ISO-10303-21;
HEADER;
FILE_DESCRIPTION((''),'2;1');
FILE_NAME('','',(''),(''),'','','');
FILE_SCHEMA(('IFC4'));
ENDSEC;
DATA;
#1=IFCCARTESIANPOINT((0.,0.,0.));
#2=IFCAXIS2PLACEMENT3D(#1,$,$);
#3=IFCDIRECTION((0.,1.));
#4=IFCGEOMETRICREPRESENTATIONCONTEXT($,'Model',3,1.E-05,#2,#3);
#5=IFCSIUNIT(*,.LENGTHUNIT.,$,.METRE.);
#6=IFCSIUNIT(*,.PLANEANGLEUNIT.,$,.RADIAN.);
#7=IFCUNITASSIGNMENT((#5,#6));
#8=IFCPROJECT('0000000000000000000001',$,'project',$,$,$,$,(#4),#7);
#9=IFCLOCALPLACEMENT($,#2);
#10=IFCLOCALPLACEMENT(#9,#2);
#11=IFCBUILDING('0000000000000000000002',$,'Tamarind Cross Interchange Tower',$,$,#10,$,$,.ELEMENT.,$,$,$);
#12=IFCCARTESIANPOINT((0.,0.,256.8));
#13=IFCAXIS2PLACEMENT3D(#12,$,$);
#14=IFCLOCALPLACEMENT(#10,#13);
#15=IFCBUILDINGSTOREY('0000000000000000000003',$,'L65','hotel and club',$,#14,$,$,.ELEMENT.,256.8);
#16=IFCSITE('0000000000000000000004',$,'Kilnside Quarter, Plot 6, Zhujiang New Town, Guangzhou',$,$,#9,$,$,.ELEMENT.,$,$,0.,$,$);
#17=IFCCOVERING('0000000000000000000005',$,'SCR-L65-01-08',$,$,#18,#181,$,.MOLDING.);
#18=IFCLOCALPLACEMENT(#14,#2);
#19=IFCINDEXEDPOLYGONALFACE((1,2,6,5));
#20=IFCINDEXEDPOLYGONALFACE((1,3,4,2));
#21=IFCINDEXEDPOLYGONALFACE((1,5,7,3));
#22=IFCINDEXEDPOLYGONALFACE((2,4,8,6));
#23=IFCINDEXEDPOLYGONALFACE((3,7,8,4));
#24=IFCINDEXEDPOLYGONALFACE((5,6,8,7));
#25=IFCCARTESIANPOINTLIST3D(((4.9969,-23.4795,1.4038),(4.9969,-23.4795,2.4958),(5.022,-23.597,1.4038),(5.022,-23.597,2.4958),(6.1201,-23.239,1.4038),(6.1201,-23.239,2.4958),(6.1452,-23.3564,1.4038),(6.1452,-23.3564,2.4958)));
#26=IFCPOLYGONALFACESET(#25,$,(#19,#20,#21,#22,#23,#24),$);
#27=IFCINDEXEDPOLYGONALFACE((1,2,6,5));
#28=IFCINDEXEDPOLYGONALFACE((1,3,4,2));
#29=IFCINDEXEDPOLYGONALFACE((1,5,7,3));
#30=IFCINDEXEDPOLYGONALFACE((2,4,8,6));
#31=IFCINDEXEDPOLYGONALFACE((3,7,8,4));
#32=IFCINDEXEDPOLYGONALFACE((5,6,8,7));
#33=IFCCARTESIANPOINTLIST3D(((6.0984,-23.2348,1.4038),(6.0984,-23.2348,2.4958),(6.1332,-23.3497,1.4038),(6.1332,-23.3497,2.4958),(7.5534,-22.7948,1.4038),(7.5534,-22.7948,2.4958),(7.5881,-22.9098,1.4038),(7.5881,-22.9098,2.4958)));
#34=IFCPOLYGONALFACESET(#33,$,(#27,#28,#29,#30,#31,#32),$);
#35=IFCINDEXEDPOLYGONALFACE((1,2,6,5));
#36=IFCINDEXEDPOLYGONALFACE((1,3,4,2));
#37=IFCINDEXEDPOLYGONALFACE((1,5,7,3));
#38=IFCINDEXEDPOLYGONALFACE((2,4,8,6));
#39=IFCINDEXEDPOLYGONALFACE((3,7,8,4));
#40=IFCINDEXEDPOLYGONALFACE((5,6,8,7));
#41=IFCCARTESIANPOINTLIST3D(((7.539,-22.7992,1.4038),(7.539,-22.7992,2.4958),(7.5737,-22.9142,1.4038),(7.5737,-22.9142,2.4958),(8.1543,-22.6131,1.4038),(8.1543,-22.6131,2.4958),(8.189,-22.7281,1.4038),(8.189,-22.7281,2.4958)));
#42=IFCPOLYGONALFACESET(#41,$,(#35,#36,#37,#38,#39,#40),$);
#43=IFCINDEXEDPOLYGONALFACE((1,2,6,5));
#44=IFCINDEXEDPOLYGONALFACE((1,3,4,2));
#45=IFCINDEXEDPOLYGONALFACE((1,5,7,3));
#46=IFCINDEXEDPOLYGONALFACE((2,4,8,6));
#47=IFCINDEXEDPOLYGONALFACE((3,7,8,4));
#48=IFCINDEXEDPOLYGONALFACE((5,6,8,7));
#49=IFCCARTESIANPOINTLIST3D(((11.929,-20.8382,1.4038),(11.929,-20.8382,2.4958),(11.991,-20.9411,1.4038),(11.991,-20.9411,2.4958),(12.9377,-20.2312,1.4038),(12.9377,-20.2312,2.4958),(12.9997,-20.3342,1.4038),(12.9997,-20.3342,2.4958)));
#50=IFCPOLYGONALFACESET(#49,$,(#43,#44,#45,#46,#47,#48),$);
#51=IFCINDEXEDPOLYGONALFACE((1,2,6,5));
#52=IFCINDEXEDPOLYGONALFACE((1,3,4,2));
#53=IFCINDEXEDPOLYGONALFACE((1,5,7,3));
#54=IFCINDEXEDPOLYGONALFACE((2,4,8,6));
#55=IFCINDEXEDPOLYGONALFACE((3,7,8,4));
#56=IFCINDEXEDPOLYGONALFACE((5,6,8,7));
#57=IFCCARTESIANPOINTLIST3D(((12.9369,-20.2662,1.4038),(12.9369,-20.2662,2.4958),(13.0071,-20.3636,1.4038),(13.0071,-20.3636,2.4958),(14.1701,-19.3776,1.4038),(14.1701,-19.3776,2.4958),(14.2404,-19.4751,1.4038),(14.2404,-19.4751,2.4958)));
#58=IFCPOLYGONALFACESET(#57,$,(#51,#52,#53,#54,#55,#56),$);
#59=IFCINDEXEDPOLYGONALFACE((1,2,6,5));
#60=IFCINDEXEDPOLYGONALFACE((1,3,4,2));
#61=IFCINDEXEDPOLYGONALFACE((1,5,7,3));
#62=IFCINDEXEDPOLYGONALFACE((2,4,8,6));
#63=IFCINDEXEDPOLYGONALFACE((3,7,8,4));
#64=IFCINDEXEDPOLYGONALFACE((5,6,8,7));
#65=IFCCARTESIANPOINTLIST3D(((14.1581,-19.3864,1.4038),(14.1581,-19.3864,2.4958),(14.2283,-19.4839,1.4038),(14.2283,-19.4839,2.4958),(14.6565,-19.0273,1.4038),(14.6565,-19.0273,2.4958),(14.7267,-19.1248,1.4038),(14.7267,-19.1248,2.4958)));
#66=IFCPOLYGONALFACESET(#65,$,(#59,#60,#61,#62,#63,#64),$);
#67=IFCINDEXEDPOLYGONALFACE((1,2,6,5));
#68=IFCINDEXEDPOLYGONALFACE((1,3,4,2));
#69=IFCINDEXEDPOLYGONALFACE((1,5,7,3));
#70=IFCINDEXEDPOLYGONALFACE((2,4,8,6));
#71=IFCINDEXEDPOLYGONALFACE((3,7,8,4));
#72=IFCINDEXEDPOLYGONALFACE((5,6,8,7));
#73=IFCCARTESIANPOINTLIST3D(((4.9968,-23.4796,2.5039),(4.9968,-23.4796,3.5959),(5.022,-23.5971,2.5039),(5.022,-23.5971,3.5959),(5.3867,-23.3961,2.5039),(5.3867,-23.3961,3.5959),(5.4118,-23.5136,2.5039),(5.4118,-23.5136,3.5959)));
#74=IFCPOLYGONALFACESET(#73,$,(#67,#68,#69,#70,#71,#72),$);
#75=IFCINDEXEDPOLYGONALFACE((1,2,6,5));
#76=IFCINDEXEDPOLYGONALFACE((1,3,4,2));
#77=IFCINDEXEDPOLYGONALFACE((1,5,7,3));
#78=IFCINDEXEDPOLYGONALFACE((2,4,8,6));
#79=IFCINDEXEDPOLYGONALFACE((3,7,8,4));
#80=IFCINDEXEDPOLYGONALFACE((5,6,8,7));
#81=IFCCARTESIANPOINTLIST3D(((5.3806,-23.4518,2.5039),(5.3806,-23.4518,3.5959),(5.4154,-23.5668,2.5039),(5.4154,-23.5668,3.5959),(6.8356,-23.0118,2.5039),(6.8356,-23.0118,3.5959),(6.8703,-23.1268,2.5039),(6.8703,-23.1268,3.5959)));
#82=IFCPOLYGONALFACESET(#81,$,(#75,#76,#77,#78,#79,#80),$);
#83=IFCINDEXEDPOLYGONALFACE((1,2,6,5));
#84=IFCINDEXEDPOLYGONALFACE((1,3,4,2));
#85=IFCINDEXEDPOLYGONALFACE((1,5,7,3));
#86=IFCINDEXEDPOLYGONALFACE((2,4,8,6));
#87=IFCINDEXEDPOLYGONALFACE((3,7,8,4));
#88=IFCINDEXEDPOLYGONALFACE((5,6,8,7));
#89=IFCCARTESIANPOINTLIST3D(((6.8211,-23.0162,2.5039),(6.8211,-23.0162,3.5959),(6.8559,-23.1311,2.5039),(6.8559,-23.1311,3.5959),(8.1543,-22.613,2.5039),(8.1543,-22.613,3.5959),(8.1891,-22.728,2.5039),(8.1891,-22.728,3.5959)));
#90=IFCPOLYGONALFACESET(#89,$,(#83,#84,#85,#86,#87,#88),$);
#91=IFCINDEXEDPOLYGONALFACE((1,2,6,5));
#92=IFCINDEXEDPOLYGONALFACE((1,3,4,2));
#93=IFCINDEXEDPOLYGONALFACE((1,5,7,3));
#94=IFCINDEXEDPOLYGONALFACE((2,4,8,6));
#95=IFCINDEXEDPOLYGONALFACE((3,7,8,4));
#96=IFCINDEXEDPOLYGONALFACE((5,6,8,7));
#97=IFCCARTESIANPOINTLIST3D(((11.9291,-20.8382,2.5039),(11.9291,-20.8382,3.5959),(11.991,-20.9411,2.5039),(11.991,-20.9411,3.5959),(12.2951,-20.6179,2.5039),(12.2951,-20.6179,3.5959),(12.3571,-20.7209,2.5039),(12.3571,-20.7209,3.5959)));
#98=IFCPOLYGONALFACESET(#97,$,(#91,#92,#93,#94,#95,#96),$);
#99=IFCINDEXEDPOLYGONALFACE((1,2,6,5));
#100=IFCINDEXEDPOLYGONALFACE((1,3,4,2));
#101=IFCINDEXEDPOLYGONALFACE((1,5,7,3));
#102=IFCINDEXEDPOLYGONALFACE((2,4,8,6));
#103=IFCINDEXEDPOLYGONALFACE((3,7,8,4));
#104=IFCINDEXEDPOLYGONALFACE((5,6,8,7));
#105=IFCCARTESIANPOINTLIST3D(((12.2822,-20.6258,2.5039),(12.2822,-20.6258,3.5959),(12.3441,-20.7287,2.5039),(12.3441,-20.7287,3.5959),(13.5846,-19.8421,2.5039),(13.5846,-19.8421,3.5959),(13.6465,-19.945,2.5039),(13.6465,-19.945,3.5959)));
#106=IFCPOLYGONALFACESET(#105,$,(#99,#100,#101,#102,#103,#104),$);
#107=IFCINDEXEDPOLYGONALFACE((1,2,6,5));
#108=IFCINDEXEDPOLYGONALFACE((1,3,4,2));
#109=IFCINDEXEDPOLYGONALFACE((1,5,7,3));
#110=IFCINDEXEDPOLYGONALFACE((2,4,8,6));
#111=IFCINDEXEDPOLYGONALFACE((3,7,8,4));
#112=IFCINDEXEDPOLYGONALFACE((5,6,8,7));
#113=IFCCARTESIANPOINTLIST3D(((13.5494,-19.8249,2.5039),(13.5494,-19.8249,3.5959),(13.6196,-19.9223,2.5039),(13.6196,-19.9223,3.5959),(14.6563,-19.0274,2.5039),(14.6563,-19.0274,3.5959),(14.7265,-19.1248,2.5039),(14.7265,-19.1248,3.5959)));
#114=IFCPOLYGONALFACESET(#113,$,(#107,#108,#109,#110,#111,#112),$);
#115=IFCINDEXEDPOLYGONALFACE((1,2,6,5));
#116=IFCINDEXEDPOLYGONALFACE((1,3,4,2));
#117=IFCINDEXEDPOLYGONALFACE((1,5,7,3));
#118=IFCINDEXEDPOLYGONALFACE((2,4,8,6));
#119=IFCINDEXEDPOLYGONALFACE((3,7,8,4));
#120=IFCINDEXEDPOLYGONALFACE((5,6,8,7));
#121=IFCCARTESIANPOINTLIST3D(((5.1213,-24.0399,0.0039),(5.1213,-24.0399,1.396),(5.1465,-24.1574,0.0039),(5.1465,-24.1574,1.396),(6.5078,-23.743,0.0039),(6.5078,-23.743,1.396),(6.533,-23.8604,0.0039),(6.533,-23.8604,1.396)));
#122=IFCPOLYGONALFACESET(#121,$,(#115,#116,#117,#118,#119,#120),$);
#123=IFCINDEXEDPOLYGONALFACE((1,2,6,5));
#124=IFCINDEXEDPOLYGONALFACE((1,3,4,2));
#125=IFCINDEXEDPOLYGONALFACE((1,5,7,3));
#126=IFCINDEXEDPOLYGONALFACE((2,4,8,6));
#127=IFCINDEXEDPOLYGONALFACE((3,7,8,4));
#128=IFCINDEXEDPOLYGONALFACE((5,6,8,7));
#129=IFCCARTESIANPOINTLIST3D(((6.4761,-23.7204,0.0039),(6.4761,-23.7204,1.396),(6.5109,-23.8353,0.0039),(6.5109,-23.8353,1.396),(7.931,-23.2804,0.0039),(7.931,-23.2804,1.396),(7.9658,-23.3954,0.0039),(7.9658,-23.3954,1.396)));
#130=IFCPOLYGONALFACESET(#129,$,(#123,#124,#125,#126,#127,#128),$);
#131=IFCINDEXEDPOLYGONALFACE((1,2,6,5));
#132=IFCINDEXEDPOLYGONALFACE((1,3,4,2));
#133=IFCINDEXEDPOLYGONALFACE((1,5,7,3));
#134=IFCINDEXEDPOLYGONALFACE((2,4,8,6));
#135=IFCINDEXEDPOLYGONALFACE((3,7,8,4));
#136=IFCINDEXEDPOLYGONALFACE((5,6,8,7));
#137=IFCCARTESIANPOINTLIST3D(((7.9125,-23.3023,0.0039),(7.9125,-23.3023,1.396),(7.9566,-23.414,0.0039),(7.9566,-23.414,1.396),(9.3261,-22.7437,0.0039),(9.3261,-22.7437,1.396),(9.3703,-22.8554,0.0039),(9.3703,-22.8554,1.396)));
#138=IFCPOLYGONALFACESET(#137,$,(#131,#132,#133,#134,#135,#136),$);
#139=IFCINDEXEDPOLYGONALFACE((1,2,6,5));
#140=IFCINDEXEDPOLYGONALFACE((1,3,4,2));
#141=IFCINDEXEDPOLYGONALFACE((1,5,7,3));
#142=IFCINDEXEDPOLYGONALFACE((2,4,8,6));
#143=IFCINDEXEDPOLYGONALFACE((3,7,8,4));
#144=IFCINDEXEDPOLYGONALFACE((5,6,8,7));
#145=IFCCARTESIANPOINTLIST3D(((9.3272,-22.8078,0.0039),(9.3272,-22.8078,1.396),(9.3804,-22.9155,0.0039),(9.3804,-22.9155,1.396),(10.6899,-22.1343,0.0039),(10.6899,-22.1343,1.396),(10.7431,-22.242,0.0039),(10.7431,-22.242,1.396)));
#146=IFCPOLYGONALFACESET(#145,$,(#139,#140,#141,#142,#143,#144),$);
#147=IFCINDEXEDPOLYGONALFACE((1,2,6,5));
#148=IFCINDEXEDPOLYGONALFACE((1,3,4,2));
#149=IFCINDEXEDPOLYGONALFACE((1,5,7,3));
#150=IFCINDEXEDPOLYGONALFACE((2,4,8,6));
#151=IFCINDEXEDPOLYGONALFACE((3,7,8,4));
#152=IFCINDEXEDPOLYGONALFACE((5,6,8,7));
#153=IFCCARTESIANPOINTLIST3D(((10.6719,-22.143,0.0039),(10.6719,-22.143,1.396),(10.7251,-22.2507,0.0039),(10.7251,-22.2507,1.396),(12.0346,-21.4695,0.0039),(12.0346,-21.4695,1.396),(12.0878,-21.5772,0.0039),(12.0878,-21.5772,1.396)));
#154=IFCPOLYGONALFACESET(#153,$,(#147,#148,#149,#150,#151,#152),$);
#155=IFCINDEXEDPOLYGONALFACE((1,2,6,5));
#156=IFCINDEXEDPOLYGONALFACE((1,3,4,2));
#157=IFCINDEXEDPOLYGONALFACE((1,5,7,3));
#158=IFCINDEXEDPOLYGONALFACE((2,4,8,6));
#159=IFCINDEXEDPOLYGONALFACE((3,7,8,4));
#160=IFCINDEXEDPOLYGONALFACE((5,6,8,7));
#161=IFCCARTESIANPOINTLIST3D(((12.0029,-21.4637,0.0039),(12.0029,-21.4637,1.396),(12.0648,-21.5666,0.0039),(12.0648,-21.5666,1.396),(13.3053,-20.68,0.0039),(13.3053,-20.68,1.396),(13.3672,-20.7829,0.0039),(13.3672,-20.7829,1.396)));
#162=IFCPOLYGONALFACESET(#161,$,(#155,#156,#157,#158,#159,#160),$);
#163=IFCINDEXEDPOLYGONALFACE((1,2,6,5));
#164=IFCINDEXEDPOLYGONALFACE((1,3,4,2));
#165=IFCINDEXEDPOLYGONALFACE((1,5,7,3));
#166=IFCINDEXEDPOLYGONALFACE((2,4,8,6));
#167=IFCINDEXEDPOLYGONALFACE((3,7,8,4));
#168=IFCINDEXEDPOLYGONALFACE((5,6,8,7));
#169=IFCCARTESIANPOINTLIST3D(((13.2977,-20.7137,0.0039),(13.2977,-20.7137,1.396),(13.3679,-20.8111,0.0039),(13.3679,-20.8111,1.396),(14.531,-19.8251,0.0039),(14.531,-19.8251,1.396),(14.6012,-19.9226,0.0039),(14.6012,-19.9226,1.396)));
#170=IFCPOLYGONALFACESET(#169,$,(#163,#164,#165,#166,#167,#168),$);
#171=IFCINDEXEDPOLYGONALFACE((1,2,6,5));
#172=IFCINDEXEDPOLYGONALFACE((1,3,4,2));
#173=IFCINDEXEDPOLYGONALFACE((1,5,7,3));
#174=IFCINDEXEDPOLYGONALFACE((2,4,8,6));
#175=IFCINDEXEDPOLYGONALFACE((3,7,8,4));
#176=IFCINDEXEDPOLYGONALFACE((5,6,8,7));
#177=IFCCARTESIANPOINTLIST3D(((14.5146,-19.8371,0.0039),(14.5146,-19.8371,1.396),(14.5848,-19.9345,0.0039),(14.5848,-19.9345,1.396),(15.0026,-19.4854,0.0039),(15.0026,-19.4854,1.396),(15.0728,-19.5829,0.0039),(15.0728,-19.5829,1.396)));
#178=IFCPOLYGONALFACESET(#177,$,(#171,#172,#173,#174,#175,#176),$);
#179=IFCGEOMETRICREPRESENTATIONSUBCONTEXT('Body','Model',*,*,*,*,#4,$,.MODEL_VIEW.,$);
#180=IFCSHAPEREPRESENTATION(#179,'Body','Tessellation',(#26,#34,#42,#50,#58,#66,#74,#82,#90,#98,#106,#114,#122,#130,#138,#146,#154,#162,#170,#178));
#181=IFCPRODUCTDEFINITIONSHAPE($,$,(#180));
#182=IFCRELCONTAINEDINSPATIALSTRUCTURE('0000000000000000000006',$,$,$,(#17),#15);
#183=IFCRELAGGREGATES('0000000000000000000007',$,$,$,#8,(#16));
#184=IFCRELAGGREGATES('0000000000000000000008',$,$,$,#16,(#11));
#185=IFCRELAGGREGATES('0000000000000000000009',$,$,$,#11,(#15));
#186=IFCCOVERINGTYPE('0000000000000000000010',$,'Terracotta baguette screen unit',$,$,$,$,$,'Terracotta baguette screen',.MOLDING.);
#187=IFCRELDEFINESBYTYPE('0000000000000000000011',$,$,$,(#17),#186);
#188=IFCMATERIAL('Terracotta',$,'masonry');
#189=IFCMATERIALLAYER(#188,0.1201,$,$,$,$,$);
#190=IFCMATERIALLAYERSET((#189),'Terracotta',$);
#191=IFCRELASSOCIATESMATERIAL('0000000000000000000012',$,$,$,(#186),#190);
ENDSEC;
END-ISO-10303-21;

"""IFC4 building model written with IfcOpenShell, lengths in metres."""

from ifc_helpers import new_model, si_unit, direction, frame, origin, origin_2d, place, context, subcontext, project, spatial, rectangle, extrude, material, layer, layer_set, type_object, element, save


model = new_model("IFC4")

# Units and contexts
model_context = context("Model", 3, precision=1e-05, world=origin(), true_north=direction((0.0, 1.0)))
body_context = subcontext(model_context, "Body", "Model", "MODEL_VIEW")
ifc_project = project(units=[si_unit("LENGTHUNIT", "METRE"), si_unit("PLANEANGLEUNIT", "RADIAN")], contexts=[model_context])

# Site, building, storey
site_placement = place(None, origin())
site = spatial("IfcSite", under=ifc_project, at=site_placement, Name="Kilnside Quarter, Plot 6, Zhujiang New Town, Guangzhou", CompositionType="ELEMENT", RefElevation=0.0)
building_placement = place(site_placement, origin())
building = spatial("IfcBuilding", under=site, at=building_placement, Name="Tamarind Cross Interchange Tower", CompositionType="ELEMENT")
storey_placement = place(building_placement, frame((0.0, 0.0, 256.8)))
storey = spatial("IfcBuildingStorey", under=building, at=storey_placement, Name="L65", Description="hotel and club", CompositionType="ELEMENT", Elevation=256.8)

# Covering
ifc_material_1 = material(Name="Terracotta", Category="masonry")
ifc_layer_1 = layer(ifc_material_1, 0.1201)
ifc_layer_set_1 = layer_set([ifc_layer_1], Name="Terracotta")
covering_type = type_object("IfcCoveringType", Name="Terracotta baguette screen unit", ElementType="Terracotta baguette screen", PredefinedType="MOLDING", material=ifc_layer_set_1)
covering_1_placement = place(storey_placement, origin())
element("IfcCovering", 1, at=covering_1_placement, inside=storey, type_object=covering_type, Name="SCR-L65-01-08", PredefinedType="MOLDING", context=body_context, shape_type="SweptSolid", body=[
    extrude(rectangle(XDim=1.1487, YDim=0.1201, at=origin_2d()), frame((5.571, -23.418, 1.4038), z_axis=(0.0, 0.0, 1.0), x_axis=(0.977825, 0.209425, 0.0)), (0.0, 0.0, 1.0), 1.092),
    extrude(rectangle(XDim=1.52, YDim=0.1201, at=origin_2d()), frame((6.8433, -23.0723, 1.4038), z_axis=(0.0, 0.0, 1.0), x_axis=(0.957191, 0.289458, 0.0)), (0.0, 0.0, 1.0), 1.092),
    extrude(rectangle(XDim=0.6428, YDim=0.1201, at=origin_2d()), frame((7.864, -22.7637, 1.4038), z_axis=(0.0, 0.0, 1.0), x_axis=(0.957191, 0.289458, 0.0)), (0.0, 0.0, 1.0), 1.092),
    extrude(rectangle(XDim=1.1772, YDim=0.1201, at=origin_2d()), frame((12.4644, -20.5862, 1.4038), z_axis=(0.0, 0.0, 1.0), x_axis=(0.856843, 0.515577, 0.0)), (0.0, 0.0, 1.0), 1.092),
    extrude(rectangle(XDim=1.52, YDim=0.1201, at=origin_2d()), frame((13.5886, -19.8706, 1.4038), z_axis=(0.0, 0.0, 1.0), x_axis=(0.81134, 0.584574, 0.0)), (0.0, 0.0, 1.0), 1.092),
    extrude(rectangle(XDim=0.6143, YDim=0.1201, at=origin_2d()), frame((14.4424, -19.2556, 1.4038), z_axis=(0.0, 0.0, 1.0), x_axis=(0.81134, 0.584574, 0.0)), (0.0, 0.0, 1.0), 1.092),
    extrude(rectangle(XDim=0.3987, YDim=0.1201, at=origin_2d()), frame((5.2043, -23.4966, 2.5039), z_axis=(0.0, 0.0, 1.0), x_axis=(0.977825, 0.209425, 0.0)), (0.0, 0.0, 1.0), 1.092),
    extrude(rectangle(XDim=1.52, YDim=0.1201, at=origin_2d()), frame((6.1255, -23.2893, 2.5039), z_axis=(0.0, 0.0, 1.0), x_axis=(0.957191, 0.289458, 0.0)), (0.0, 0.0, 1.0), 1.092),
    extrude(rectangle(XDim=1.3928, YDim=0.1201, at=origin_2d()), frame((7.5051, -22.8721, 2.5039), z_axis=(0.0, 0.0, 1.0), x_axis=(0.957191, 0.289458, 0.0)), (0.0, 0.0, 1.0), 1.092),
    extrude(rectangle(XDim=0.4272, YDim=0.1201, at=origin_2d()), frame((12.1431, -20.7795, 2.5039), z_axis=(0.0, 0.0, 1.0), x_axis=(0.856843, 0.515577, 0.0)), (0.0, 0.0, 1.0), 1.092),
    extrude(rectangle(XDim=1.52, YDim=0.1201, at=origin_2d()), frame((12.9644, -20.2854, 2.5039), z_axis=(0.0, 0.0, 1.0), x_axis=(0.856843, 0.515577, 0.0)), (0.0, 0.0, 1.0), 1.092),
    extrude(rectangle(XDim=1.3643, YDim=0.1201, at=origin_2d()), frame((14.1379, -19.4749, 2.5039), z_axis=(0.0, 0.0, 1.0), x_axis=(0.81134, 0.584574, 0.0)), (0.0, 0.0, 1.0), 1.092),
    extrude(rectangle(XDim=1.418, YDim=0.1201, at=origin_2d()), frame((5.8271, -23.9502, 0.0039), z_axis=(0.0, 0.0, 1.0), x_axis=(0.977825, 0.209425, 0.0)), (0.0, 0.0, 1.0), 1.3921),
    extrude(rectangle(XDim=1.52, YDim=0.1201, at=origin_2d()), frame((7.2209, -23.5579, 0.0039), z_axis=(0.0, 0.0, 1.0), x_axis=(0.957191, 0.289458, 0.0)), (0.0, 0.0, 1.0), 1.3921),
    extrude(rectangle(XDim=1.52, YDim=0.1201, at=origin_2d()), frame((8.6414, -23.0789, 0.0039), z_axis=(0.0, 0.0, 1.0), x_axis=(0.930018, 0.367514, 0.0)), (0.0, 0.0, 1.0), 1.3921),
    extrude(rectangle(XDim=1.52, YDim=0.1201, at=origin_2d()), frame((10.0352, -22.5249, 0.0039), z_axis=(0.0, 0.0, 1.0), x_axis=(0.896493, 0.443059, 0.0)), (0.0, 0.0, 1.0), 1.3921),
    extrude(rectangle(XDim=1.52, YDim=0.1201, at=origin_2d()), frame((11.3799, -21.8601, 0.0039), z_axis=(0.0, 0.0, 1.0), x_axis=(0.896493, 0.443059, 0.0)), (0.0, 0.0, 1.0), 1.3921),
    extrude(rectangle(XDim=1.52, YDim=0.1201, at=origin_2d()), frame((12.6851, -21.1233, 0.0039), z_axis=(0.0, 0.0, 1.0), x_axis=(0.856843, 0.515577, 0.0)), (0.0, 0.0, 1.0), 1.3921),
    extrude(rectangle(XDim=1.52, YDim=0.1201, at=origin_2d()), frame((13.9495, -20.3181, 0.0039), z_axis=(0.0, 0.0, 1.0), x_axis=(0.81134, 0.584574, 0.0)), (0.0, 0.0, 1.0), 1.3921),
    extrude(rectangle(XDim=0.6016, YDim=0.1201, at=origin_2d()), frame((14.7937, -19.71, 0.0039), z_axis=(0.0, 0.0, 1.0), x_axis=(0.81134, 0.584574, 0.0)), (0.0, 0.0, 1.0), 1.3921),
])

save(model, "model.ifc")
